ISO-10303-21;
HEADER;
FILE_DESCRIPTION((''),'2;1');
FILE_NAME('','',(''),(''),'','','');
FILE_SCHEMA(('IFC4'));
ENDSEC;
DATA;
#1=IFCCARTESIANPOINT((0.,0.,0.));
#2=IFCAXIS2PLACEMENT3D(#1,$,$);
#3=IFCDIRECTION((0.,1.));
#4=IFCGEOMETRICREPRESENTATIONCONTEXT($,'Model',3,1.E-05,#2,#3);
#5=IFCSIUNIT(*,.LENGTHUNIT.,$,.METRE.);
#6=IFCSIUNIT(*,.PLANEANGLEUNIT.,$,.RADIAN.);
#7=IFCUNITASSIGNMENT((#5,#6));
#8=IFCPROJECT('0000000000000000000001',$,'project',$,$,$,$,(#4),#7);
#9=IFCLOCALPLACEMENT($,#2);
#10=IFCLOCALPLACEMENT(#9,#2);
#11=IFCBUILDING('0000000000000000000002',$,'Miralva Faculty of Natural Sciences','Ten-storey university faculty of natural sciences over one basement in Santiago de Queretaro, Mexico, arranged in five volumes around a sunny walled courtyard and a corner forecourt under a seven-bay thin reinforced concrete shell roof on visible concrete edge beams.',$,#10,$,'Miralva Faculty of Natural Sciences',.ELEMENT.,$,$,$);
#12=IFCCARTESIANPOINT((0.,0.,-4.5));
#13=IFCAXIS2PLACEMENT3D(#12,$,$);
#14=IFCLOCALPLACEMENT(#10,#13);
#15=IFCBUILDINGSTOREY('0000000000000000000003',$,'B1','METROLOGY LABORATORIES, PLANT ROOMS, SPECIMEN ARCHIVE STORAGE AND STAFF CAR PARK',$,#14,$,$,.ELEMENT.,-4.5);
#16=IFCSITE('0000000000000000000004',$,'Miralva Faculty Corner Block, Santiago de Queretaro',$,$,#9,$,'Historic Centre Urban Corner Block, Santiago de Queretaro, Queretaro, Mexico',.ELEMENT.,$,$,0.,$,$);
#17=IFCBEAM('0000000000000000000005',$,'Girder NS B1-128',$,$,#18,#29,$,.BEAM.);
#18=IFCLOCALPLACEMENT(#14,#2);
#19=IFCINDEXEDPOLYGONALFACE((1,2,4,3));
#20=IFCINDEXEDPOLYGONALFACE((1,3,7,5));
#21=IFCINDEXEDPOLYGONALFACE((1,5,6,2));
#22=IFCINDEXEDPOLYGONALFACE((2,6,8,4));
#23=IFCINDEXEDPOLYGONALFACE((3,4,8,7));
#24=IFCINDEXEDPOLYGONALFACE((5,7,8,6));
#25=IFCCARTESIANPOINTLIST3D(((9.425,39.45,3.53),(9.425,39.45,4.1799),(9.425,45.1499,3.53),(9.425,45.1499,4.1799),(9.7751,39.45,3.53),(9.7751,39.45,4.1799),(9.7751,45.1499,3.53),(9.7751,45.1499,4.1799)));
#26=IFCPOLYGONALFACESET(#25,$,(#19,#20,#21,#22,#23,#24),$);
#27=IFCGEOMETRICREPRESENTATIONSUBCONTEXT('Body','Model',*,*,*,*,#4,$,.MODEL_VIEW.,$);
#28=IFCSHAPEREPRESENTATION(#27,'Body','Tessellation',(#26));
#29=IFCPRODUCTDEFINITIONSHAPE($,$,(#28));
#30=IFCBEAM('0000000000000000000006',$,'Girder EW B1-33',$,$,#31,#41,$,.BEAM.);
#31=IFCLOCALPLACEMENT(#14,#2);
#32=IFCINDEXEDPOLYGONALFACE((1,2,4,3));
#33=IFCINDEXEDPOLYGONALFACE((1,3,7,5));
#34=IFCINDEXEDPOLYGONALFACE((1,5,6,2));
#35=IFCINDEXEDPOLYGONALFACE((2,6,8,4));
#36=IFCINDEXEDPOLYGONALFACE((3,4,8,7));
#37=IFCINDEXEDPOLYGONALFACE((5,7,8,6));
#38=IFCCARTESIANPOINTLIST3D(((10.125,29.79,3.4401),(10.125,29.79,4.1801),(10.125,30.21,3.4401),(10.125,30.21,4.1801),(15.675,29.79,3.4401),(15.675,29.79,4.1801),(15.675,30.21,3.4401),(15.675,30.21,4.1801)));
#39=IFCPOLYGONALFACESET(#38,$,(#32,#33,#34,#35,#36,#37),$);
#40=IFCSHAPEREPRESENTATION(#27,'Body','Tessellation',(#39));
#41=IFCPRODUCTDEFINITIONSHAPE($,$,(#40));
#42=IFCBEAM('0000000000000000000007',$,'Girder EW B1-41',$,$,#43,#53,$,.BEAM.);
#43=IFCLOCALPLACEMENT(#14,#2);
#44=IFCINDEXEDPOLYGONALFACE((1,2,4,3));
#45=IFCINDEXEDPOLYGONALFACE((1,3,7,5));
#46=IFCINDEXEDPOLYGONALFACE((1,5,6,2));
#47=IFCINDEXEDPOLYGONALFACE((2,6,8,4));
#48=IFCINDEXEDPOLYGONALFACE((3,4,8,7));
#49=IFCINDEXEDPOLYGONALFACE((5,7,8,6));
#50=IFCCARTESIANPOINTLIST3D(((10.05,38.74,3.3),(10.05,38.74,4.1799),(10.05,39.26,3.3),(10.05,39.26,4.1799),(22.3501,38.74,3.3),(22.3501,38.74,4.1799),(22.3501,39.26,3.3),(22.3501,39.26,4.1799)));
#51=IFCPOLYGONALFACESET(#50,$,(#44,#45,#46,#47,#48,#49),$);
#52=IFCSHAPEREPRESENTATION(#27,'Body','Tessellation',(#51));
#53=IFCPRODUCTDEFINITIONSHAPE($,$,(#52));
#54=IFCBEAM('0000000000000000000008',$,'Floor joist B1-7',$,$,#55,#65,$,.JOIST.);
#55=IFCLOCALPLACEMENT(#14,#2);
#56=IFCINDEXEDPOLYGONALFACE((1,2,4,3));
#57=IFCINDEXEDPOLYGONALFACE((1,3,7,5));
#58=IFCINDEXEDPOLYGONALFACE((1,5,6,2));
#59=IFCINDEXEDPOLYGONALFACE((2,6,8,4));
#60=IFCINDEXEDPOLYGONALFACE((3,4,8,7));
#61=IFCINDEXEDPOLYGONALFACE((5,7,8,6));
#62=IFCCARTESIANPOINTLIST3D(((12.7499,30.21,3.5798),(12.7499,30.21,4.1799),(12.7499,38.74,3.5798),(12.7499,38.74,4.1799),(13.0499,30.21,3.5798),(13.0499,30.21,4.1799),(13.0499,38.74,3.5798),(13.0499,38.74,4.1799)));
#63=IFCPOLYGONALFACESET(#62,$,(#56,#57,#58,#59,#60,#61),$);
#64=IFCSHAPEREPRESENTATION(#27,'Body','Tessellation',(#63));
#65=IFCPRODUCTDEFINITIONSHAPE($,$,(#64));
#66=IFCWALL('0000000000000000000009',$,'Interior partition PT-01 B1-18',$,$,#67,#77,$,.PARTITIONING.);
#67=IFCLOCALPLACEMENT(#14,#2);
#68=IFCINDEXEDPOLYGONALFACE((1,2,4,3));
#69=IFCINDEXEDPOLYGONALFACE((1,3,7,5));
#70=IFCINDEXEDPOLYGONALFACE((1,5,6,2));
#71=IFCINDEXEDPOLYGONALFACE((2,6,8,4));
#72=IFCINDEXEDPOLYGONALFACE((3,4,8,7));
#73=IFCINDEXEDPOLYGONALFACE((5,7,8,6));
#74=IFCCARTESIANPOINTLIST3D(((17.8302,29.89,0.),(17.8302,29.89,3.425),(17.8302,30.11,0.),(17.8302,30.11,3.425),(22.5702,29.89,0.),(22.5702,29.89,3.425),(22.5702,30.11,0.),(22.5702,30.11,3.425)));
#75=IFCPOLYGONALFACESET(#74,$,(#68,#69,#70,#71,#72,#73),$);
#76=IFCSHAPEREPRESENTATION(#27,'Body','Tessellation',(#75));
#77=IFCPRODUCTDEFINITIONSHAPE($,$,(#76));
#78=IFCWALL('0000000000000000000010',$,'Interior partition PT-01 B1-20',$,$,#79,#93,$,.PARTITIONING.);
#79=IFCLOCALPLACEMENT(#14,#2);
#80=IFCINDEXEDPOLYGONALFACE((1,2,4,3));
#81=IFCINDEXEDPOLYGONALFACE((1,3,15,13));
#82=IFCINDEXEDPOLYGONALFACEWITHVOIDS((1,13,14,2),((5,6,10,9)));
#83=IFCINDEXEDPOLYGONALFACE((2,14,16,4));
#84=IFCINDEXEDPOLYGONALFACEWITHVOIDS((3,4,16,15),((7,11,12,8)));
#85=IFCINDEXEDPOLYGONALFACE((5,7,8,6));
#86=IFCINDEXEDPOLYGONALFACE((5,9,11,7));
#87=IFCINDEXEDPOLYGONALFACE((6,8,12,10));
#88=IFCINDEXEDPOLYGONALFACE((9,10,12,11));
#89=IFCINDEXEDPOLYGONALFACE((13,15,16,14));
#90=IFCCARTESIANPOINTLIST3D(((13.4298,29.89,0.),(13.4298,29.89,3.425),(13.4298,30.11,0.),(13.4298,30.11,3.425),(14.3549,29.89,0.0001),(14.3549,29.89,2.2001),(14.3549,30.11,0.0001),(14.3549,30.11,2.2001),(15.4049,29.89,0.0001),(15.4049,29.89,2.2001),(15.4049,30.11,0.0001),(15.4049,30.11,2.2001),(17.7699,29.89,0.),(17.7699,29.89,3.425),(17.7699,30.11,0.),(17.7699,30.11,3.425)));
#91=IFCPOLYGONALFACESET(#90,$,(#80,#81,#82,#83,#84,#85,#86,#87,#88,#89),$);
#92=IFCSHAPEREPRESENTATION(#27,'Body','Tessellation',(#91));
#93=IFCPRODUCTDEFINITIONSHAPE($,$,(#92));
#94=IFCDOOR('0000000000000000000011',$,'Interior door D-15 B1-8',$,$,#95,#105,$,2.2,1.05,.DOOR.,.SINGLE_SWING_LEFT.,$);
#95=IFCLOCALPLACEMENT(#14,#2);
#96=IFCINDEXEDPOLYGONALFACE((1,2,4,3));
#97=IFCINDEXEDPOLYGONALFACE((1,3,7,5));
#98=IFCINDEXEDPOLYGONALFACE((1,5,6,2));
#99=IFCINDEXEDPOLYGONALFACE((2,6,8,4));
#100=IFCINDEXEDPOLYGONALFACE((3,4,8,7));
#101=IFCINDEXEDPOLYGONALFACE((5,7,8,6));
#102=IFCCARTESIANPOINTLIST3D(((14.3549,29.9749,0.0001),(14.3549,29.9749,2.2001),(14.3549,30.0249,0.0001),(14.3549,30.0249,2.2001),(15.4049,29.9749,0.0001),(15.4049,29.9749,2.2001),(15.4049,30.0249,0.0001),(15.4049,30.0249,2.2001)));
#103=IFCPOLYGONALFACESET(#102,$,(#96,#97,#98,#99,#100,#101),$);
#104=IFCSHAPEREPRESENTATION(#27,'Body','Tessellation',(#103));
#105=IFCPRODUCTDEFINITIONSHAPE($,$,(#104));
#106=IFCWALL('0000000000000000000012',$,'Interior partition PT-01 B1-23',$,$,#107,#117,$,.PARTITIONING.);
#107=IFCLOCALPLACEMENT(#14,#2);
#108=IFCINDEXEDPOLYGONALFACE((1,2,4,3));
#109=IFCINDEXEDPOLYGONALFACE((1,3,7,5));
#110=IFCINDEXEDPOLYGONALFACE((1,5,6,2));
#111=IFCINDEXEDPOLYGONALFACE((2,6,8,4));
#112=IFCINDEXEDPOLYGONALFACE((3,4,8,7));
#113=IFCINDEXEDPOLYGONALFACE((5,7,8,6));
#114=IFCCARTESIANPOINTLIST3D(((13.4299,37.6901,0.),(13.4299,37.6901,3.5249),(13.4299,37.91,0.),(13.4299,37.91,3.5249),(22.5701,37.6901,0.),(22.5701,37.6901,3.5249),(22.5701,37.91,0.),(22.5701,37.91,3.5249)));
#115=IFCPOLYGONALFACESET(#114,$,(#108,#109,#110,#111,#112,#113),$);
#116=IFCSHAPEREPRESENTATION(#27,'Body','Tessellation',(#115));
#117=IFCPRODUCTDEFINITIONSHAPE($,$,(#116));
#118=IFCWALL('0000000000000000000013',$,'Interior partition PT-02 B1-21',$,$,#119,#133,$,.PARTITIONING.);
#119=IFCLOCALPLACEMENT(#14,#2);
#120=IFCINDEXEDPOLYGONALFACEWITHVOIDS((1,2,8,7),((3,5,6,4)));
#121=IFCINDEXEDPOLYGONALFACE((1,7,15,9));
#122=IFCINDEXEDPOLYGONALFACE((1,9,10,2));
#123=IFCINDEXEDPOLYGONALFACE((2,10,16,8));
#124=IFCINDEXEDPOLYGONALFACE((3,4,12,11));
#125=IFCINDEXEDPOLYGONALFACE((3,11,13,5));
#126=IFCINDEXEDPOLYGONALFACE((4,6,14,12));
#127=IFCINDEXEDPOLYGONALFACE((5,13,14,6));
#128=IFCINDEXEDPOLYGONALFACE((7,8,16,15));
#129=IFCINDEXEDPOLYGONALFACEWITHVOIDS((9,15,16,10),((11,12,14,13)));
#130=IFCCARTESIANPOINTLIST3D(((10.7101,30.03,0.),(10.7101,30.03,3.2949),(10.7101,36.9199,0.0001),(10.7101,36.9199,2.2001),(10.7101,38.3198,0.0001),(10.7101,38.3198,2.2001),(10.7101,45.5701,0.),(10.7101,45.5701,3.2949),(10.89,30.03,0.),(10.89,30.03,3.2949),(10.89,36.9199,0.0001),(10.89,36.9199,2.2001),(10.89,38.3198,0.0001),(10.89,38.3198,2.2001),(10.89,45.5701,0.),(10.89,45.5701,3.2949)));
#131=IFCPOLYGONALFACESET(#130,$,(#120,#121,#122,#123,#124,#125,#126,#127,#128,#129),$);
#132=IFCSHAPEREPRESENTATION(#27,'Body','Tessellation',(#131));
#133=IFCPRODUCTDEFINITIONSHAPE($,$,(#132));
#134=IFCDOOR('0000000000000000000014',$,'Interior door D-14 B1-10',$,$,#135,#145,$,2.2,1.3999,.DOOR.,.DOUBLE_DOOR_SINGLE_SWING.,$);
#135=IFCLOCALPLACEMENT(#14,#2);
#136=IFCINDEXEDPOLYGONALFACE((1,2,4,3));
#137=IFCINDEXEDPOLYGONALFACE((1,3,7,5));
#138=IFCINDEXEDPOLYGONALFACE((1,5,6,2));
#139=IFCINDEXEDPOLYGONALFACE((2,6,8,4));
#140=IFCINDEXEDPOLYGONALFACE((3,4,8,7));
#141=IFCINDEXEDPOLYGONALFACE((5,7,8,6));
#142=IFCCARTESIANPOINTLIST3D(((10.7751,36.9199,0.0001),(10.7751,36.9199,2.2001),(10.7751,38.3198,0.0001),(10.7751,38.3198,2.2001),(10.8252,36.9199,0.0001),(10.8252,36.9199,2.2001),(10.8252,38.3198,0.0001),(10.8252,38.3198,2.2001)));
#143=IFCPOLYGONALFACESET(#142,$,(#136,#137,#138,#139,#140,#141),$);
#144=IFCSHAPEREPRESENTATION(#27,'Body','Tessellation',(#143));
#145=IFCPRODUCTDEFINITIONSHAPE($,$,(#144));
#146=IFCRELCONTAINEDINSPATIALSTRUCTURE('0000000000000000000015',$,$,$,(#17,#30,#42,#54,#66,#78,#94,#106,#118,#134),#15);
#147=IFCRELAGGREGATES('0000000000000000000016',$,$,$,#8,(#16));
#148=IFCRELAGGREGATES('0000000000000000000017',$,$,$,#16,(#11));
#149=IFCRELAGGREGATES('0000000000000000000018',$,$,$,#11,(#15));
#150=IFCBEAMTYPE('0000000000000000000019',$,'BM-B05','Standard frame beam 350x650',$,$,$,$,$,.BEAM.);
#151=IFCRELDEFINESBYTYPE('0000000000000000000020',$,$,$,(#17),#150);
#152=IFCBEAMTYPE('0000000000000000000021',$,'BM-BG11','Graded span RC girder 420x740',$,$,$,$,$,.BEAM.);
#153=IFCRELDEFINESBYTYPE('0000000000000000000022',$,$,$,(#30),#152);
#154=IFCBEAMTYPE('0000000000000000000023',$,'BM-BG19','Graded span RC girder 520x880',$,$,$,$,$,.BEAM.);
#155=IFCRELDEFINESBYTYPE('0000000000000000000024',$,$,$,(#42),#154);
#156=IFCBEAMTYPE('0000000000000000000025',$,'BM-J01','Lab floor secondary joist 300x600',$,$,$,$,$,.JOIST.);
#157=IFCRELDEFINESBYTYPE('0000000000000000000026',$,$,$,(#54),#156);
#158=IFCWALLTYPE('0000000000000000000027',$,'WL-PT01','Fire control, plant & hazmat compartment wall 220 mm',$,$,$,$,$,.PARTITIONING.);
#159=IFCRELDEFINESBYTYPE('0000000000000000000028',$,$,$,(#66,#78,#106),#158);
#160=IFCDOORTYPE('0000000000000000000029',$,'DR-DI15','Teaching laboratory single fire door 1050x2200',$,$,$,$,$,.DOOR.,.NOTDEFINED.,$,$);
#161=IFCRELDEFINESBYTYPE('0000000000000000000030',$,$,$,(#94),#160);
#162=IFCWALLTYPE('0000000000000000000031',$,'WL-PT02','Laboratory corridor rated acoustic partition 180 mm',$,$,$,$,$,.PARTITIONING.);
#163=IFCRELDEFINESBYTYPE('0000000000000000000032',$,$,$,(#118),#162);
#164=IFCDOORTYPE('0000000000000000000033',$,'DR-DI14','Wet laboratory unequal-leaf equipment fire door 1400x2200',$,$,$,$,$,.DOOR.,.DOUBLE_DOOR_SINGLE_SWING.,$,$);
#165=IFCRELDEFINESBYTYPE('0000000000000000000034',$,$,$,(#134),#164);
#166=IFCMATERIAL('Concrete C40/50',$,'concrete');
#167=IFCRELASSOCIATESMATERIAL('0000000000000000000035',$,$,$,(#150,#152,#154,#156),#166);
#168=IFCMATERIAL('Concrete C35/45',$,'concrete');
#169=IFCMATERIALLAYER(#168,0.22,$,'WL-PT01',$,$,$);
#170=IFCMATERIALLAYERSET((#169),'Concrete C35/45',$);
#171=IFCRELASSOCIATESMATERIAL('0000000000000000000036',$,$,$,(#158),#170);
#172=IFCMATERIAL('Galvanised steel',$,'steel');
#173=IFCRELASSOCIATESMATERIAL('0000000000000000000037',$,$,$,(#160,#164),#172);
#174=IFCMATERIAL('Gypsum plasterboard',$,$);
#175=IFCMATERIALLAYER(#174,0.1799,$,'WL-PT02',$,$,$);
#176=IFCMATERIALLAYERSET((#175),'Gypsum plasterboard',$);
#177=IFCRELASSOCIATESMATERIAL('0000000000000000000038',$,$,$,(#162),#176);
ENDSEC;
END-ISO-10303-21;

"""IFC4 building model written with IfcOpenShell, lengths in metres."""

from ifc_helpers import new_model, si_unit, direction, frame, frame_2d, origin, origin_2d, place, context, subcontext, project, spatial, rectangle, extrude, material, layer, layer_set, material_profile, profile_set, type_object, element, fill, save


model = new_model("IFC4")

# Units and contexts
model_context = context("Model", 3, precision=1e-05, world=origin(), true_north=direction((0.0, 1.0)))
body_context = subcontext(model_context, "Body", "Model", "MODEL_VIEW")
ifc_project = project(units=[si_unit("LENGTHUNIT", "METRE"), si_unit("PLANEANGLEUNIT", "RADIAN")], contexts=[model_context])

# Site, building, storey
site_placement = place(None, origin())
site = spatial("IfcSite", under=ifc_project, at=site_placement, Name="Miralva Faculty Corner Block, Santiago de Queretaro", LongName="Historic Centre Urban Corner Block, Santiago de Queretaro, Queretaro, Mexico", CompositionType="ELEMENT", RefElevation=0.0)
building_placement = place(site_placement, origin())
building = spatial("IfcBuilding", under=site, at=building_placement, Name="Miralva Faculty of Natural Sciences", Description="Ten-storey university faculty of natural sciences over one basement in Santiago de Queretaro, Mexico, arranged in five volumes around a sunny walled courtyard and a corner forecourt under a seven-bay thin reinforced concrete shell roof on visible concrete edge beams.", LongName="Miralva Faculty of Natural Sciences", CompositionType="ELEMENT")
storey_placement = place(building_placement, frame((0.0, 0.0, -4.5)))
storey = spatial("IfcBuildingStorey", under=building, at=storey_placement, Name="B1", Description="METROLOGY LABORATORIES, PLANT ROOMS, SPECIMEN ARCHIVE STORAGE AND STAFF CAR PARK", CompositionType="ELEMENT", Elevation=-4.5)

# Shared definitions
ifc_material_1 = material(Name="Concrete C35/45", Category="concrete")

# Beams
ifc_material_2 = material(Name="Concrete C40/50", Category="concrete")
ifc_material_profile_1 = material_profile(ifc_material_2, rectangle(XDim=0.3501, YDim=0.6499, at=origin_2d()), Name="RC 350x650")
ifc_profile_set_1 = profile_set([ifc_material_profile_1], Name="Concrete C40/50")
beam_type_1 = type_object("IfcBeamType", Name="BM-B05", Description="Standard frame beam 350x650", PredefinedType="BEAM", material=ifc_profile_set_1)
beam_1_placement = place(storey_placement, frame((9.6001, 39.45, 3.855), z_axis=(0.0, 1.0, 0.0), x_axis=(-1.0, 0.0, 0.0)))
element("IfcBeam", 1, at=beam_1_placement, inside=storey, type_object=beam_type_1, Name="Girder NS B1-128", PredefinedType="BEAM", context=body_context, shape_type="SweptSolid", body=[
    extrude(rectangle(XDim=0.3501, YDim=0.6499, at=origin_2d()), origin(), (0.0, 0.0, 1.0), 5.7),
])
ifc_material_profile_2 = material_profile(ifc_material_2, rectangle(XDim=0.4199, YDim=0.74, at=origin_2d()), Name="RC 420x740")
ifc_profile_set_2 = profile_set([ifc_material_profile_2], Name="Concrete C40/50")
beam_type_2 = type_object("IfcBeamType", Name="BM-BG11", Description="Graded span RC girder 420x740", PredefinedType="BEAM", material=ifc_profile_set_2)
beam_2_placement = place(storey_placement, frame((10.125, 30.0, 3.8101), z_axis=(1.0, 0.0, 0.0), x_axis=(0.0, 1.0, 0.0)))
element("IfcBeam", 2, at=beam_2_placement, inside=storey, type_object=beam_type_2, Name="Girder EW B1-33", PredefinedType="BEAM", context=body_context, shape_type="SweptSolid", body=[
    extrude(rectangle(XDim=0.4199, YDim=0.74, at=origin_2d()), origin(), (0.0, 0.0, 1.0), 5.55),
])
ifc_material_profile_3 = material_profile(ifc_material_2, rectangle(XDim=0.52, YDim=0.8799, at=origin_2d()), Name="RC 520x880")
ifc_profile_set_3 = profile_set([ifc_material_profile_3], Name="Concrete C40/50")
beam_type_3 = type_object("IfcBeamType", Name="BM-BG19", Description="Graded span RC girder 520x880", PredefinedType="BEAM", material=ifc_profile_set_3)
beam_3_placement = place(storey_placement, frame((10.05, 39.0, 3.74), z_axis=(1.0, 0.0, 0.0), x_axis=(0.0, 1.0, 0.0)))
element("IfcBeam", 3, at=beam_3_placement, inside=storey, type_object=beam_type_3, Name="Girder EW B1-41", PredefinedType="BEAM", context=body_context, shape_type="SweptSolid", body=[
    extrude(rectangle(XDim=0.52, YDim=0.8799, at=origin_2d()), origin(), (0.0, 0.0, 1.0), 12.3),
])
ifc_material_profile_4 = material_profile(ifc_material_2, rectangle(XDim=0.3, YDim=0.6001, at=origin_2d()), Name="RC 300x600")
ifc_profile_set_4 = profile_set([ifc_material_profile_4], Name="Concrete C40/50")
beam_type_4 = type_object("IfcBeamType", Name="BM-J01", Description="Lab floor secondary joist 300x600", PredefinedType="JOIST", material=ifc_profile_set_4)
beam_4_placement = place(storey_placement, frame((12.8999, 30.21, 3.8799), z_axis=(0.0, 1.0, 0.0), x_axis=(-1.0, 0.0, 0.0)))
element("IfcBeam", 4, at=beam_4_placement, inside=storey, type_object=beam_type_4, Name="Floor joist B1-7", PredefinedType="JOIST", context=body_context, shape_type="SweptSolid", body=[
    extrude(rectangle(XDim=0.3, YDim=0.6001, at=origin_2d()), origin(), (0.0, 0.0, 1.0), 8.53),
])

# Wall
ifc_layer_1 = layer(ifc_material_1, 0.22, Name="WL-PT01")
ifc_layer_set_1 = layer_set([ifc_layer_1], Name="Concrete C35/45")
wall_type_1 = type_object("IfcWallType", Name="WL-PT01", Description="Fire control, plant & hazmat compartment wall 220 mm", PredefinedType="PARTITIONING", material=ifc_layer_set_1)
wall_1_placement = place(storey_placement, frame((17.8301, 30.0, 0.0), z_axis=(0.0, 0.0, 1.0), x_axis=(1.0, 0.0, 0.0)))
element("IfcWall", 5, at=wall_1_placement, inside=storey, type_object=wall_type_1, Name="Interior partition PT-01 B1-18", PredefinedType="PARTITIONING", context=body_context, shape_type="SweptSolid", body=[
    extrude(rectangle(XDim=4.74, YDim=0.22, at=frame_2d((2.3701, 0.0))), origin(), (0.0, 0.0, 1.0), 3.425),
])

# Wall, opening, door
wall_2_placement = place(storey_placement, frame((13.4299, 30.0, 0.0), z_axis=(0.0, 0.0, 1.0), x_axis=(1.0, 0.0, 0.0)))
wall_2 = element("IfcWall", 6, at=wall_2_placement, inside=storey, type_object=wall_type_1, Name="Interior partition PT-01 B1-20", PredefinedType="PARTITIONING", context=body_context, shape_type="SweptSolid", body=[
    extrude(rectangle(XDim=4.3401, YDim=0.22, at=frame_2d((2.1699, 0.0))), origin(), (0.0, 0.0, 1.0), 3.425),
])
opening_1_placement = place(wall_2_placement, frame((0.925, 0.0, 0.0)))
opening_1 = element("IfcOpeningElement", 7, at=opening_1_placement, cuts=wall_2, PredefinedType="OPENING", context=body_context, shape_type="SweptSolid", body=[
    extrude(rectangle(XDim=1.05, YDim=2.2, at=frame_2d((0.5249, 1.1001))), frame((0.0, 0.1199, 0.0), z_axis=(0.0, -1.0, 0.0), x_axis=(1.0, 0.0, 0.0)), (0.0, 0.0, 1.0), 0.24),
])
ifc_material_3 = material(Name="Galvanised steel", Category="steel")
door_type_1 = type_object("IfcDoorType", Name="DR-DI15", Description="Teaching laboratory single fire door 1050x2200", OperationType="NOTDEFINED", PredefinedType="DOOR", material=ifc_material_3)
door_1_placement = place(opening_1_placement, origin())
door_1 = element("IfcDoor", 8, at=door_1_placement, inside=storey, type_object=door_type_1, Name="Interior door D-15 B1-8", OperationType="SINGLE_SWING_LEFT", OverallHeight=2.2, OverallWidth=1.05, PredefinedType="DOOR", context=body_context, shape_type="SweptSolid", body=[
    extrude(rectangle(XDim=1.05, YDim=2.2, at=frame_2d((0.5249, 1.1001))), frame((0.0, 0.0249, 0.0), z_axis=(0.0, -1.0, 0.0), x_axis=(1.0, 0.0, 0.0)), (0.0, 0.0, 1.0), 0.05),
])
fill(opening_1, door_1)

# Wall
wall_3_placement = place(storey_placement, frame((13.4299, 37.8, 0.0), z_axis=(0.0, 0.0, 1.0), x_axis=(1.0, 0.0, 0.0)))
element("IfcWall", 9, at=wall_3_placement, inside=storey, type_object=wall_type_1, Name="Interior partition PT-01 B1-23", PredefinedType="PARTITIONING", context=body_context, shape_type="SweptSolid", body=[
    extrude(rectangle(XDim=9.1401, YDim=0.22, at=frame_2d((4.5701, 0.0))), origin(), (0.0, 0.0, 1.0), 3.5249),
])

# Wall, opening, door
ifc_material_4 = material(Name="Gypsum plasterboard")
ifc_layer_2 = layer(ifc_material_4, 0.1799, Name="WL-PT02")
ifc_layer_set_2 = layer_set([ifc_layer_2], Name="Gypsum plasterboard")
wall_type_2 = type_object("IfcWallType", Name="WL-PT02", Description="Laboratory corridor rated acoustic partition 180 mm", PredefinedType="PARTITIONING", material=ifc_layer_set_2)
wall_4_placement = place(storey_placement, frame((10.8, 30.03, 0.0), z_axis=(0.0, 0.0, 1.0), x_axis=(0.0, 1.0, 0.0)))
wall_4 = element("IfcWall", 10, at=wall_4_placement, inside=storey, type_object=wall_type_2, Name="Interior partition PT-02 B1-21", PredefinedType="PARTITIONING", context=body_context, shape_type="SweptSolid", body=[
    extrude(rectangle(XDim=15.54, YDim=0.1799, at=frame_2d((7.77, 0.0))), origin(), (0.0, 0.0, 1.0), 3.2949),
])
opening_2_placement = place(wall_4_placement, frame((6.8899, 0.0, 0.0)))
opening_2 = element("IfcOpeningElement", 11, at=opening_2_placement, cuts=wall_4, PredefinedType="OPENING", context=body_context, shape_type="SweptSolid", body=[
    extrude(rectangle(XDim=1.3999, YDim=2.2, at=frame_2d((0.7, 1.1001))), frame((0.0, 0.0999, 0.0), z_axis=(0.0, -1.0, 0.0), x_axis=(1.0, 0.0, 0.0)), (0.0, 0.0, 1.0), 0.2),
])
door_type_2 = type_object("IfcDoorType", Name="DR-DI14", Description="Wet laboratory unequal-leaf equipment fire door 1400x2200", OperationType="DOUBLE_DOOR_SINGLE_SWING", PredefinedType="DOOR", material=ifc_material_3)
door_2_placement = place(opening_2_placement, origin())
door_2 = element("IfcDoor", 12, at=door_2_placement, inside=storey, type_object=door_type_2, Name="Interior door D-14 B1-10", OperationType="DOUBLE_DOOR_SINGLE_SWING", OverallHeight=2.2, OverallWidth=1.3999, PredefinedType="DOOR", context=body_context, shape_type="SweptSolid", body=[
    extrude(rectangle(XDim=1.3999, YDim=2.2, at=frame_2d((0.7, 1.1001))), frame((0.0, 0.0249, 0.0), z_axis=(0.0, -1.0, 0.0), x_axis=(1.0, 0.0, 0.0)), (0.0, 0.0, 1.0), 0.05),
])
fill(opening_2, door_2)

save(model, "model.ifc")
